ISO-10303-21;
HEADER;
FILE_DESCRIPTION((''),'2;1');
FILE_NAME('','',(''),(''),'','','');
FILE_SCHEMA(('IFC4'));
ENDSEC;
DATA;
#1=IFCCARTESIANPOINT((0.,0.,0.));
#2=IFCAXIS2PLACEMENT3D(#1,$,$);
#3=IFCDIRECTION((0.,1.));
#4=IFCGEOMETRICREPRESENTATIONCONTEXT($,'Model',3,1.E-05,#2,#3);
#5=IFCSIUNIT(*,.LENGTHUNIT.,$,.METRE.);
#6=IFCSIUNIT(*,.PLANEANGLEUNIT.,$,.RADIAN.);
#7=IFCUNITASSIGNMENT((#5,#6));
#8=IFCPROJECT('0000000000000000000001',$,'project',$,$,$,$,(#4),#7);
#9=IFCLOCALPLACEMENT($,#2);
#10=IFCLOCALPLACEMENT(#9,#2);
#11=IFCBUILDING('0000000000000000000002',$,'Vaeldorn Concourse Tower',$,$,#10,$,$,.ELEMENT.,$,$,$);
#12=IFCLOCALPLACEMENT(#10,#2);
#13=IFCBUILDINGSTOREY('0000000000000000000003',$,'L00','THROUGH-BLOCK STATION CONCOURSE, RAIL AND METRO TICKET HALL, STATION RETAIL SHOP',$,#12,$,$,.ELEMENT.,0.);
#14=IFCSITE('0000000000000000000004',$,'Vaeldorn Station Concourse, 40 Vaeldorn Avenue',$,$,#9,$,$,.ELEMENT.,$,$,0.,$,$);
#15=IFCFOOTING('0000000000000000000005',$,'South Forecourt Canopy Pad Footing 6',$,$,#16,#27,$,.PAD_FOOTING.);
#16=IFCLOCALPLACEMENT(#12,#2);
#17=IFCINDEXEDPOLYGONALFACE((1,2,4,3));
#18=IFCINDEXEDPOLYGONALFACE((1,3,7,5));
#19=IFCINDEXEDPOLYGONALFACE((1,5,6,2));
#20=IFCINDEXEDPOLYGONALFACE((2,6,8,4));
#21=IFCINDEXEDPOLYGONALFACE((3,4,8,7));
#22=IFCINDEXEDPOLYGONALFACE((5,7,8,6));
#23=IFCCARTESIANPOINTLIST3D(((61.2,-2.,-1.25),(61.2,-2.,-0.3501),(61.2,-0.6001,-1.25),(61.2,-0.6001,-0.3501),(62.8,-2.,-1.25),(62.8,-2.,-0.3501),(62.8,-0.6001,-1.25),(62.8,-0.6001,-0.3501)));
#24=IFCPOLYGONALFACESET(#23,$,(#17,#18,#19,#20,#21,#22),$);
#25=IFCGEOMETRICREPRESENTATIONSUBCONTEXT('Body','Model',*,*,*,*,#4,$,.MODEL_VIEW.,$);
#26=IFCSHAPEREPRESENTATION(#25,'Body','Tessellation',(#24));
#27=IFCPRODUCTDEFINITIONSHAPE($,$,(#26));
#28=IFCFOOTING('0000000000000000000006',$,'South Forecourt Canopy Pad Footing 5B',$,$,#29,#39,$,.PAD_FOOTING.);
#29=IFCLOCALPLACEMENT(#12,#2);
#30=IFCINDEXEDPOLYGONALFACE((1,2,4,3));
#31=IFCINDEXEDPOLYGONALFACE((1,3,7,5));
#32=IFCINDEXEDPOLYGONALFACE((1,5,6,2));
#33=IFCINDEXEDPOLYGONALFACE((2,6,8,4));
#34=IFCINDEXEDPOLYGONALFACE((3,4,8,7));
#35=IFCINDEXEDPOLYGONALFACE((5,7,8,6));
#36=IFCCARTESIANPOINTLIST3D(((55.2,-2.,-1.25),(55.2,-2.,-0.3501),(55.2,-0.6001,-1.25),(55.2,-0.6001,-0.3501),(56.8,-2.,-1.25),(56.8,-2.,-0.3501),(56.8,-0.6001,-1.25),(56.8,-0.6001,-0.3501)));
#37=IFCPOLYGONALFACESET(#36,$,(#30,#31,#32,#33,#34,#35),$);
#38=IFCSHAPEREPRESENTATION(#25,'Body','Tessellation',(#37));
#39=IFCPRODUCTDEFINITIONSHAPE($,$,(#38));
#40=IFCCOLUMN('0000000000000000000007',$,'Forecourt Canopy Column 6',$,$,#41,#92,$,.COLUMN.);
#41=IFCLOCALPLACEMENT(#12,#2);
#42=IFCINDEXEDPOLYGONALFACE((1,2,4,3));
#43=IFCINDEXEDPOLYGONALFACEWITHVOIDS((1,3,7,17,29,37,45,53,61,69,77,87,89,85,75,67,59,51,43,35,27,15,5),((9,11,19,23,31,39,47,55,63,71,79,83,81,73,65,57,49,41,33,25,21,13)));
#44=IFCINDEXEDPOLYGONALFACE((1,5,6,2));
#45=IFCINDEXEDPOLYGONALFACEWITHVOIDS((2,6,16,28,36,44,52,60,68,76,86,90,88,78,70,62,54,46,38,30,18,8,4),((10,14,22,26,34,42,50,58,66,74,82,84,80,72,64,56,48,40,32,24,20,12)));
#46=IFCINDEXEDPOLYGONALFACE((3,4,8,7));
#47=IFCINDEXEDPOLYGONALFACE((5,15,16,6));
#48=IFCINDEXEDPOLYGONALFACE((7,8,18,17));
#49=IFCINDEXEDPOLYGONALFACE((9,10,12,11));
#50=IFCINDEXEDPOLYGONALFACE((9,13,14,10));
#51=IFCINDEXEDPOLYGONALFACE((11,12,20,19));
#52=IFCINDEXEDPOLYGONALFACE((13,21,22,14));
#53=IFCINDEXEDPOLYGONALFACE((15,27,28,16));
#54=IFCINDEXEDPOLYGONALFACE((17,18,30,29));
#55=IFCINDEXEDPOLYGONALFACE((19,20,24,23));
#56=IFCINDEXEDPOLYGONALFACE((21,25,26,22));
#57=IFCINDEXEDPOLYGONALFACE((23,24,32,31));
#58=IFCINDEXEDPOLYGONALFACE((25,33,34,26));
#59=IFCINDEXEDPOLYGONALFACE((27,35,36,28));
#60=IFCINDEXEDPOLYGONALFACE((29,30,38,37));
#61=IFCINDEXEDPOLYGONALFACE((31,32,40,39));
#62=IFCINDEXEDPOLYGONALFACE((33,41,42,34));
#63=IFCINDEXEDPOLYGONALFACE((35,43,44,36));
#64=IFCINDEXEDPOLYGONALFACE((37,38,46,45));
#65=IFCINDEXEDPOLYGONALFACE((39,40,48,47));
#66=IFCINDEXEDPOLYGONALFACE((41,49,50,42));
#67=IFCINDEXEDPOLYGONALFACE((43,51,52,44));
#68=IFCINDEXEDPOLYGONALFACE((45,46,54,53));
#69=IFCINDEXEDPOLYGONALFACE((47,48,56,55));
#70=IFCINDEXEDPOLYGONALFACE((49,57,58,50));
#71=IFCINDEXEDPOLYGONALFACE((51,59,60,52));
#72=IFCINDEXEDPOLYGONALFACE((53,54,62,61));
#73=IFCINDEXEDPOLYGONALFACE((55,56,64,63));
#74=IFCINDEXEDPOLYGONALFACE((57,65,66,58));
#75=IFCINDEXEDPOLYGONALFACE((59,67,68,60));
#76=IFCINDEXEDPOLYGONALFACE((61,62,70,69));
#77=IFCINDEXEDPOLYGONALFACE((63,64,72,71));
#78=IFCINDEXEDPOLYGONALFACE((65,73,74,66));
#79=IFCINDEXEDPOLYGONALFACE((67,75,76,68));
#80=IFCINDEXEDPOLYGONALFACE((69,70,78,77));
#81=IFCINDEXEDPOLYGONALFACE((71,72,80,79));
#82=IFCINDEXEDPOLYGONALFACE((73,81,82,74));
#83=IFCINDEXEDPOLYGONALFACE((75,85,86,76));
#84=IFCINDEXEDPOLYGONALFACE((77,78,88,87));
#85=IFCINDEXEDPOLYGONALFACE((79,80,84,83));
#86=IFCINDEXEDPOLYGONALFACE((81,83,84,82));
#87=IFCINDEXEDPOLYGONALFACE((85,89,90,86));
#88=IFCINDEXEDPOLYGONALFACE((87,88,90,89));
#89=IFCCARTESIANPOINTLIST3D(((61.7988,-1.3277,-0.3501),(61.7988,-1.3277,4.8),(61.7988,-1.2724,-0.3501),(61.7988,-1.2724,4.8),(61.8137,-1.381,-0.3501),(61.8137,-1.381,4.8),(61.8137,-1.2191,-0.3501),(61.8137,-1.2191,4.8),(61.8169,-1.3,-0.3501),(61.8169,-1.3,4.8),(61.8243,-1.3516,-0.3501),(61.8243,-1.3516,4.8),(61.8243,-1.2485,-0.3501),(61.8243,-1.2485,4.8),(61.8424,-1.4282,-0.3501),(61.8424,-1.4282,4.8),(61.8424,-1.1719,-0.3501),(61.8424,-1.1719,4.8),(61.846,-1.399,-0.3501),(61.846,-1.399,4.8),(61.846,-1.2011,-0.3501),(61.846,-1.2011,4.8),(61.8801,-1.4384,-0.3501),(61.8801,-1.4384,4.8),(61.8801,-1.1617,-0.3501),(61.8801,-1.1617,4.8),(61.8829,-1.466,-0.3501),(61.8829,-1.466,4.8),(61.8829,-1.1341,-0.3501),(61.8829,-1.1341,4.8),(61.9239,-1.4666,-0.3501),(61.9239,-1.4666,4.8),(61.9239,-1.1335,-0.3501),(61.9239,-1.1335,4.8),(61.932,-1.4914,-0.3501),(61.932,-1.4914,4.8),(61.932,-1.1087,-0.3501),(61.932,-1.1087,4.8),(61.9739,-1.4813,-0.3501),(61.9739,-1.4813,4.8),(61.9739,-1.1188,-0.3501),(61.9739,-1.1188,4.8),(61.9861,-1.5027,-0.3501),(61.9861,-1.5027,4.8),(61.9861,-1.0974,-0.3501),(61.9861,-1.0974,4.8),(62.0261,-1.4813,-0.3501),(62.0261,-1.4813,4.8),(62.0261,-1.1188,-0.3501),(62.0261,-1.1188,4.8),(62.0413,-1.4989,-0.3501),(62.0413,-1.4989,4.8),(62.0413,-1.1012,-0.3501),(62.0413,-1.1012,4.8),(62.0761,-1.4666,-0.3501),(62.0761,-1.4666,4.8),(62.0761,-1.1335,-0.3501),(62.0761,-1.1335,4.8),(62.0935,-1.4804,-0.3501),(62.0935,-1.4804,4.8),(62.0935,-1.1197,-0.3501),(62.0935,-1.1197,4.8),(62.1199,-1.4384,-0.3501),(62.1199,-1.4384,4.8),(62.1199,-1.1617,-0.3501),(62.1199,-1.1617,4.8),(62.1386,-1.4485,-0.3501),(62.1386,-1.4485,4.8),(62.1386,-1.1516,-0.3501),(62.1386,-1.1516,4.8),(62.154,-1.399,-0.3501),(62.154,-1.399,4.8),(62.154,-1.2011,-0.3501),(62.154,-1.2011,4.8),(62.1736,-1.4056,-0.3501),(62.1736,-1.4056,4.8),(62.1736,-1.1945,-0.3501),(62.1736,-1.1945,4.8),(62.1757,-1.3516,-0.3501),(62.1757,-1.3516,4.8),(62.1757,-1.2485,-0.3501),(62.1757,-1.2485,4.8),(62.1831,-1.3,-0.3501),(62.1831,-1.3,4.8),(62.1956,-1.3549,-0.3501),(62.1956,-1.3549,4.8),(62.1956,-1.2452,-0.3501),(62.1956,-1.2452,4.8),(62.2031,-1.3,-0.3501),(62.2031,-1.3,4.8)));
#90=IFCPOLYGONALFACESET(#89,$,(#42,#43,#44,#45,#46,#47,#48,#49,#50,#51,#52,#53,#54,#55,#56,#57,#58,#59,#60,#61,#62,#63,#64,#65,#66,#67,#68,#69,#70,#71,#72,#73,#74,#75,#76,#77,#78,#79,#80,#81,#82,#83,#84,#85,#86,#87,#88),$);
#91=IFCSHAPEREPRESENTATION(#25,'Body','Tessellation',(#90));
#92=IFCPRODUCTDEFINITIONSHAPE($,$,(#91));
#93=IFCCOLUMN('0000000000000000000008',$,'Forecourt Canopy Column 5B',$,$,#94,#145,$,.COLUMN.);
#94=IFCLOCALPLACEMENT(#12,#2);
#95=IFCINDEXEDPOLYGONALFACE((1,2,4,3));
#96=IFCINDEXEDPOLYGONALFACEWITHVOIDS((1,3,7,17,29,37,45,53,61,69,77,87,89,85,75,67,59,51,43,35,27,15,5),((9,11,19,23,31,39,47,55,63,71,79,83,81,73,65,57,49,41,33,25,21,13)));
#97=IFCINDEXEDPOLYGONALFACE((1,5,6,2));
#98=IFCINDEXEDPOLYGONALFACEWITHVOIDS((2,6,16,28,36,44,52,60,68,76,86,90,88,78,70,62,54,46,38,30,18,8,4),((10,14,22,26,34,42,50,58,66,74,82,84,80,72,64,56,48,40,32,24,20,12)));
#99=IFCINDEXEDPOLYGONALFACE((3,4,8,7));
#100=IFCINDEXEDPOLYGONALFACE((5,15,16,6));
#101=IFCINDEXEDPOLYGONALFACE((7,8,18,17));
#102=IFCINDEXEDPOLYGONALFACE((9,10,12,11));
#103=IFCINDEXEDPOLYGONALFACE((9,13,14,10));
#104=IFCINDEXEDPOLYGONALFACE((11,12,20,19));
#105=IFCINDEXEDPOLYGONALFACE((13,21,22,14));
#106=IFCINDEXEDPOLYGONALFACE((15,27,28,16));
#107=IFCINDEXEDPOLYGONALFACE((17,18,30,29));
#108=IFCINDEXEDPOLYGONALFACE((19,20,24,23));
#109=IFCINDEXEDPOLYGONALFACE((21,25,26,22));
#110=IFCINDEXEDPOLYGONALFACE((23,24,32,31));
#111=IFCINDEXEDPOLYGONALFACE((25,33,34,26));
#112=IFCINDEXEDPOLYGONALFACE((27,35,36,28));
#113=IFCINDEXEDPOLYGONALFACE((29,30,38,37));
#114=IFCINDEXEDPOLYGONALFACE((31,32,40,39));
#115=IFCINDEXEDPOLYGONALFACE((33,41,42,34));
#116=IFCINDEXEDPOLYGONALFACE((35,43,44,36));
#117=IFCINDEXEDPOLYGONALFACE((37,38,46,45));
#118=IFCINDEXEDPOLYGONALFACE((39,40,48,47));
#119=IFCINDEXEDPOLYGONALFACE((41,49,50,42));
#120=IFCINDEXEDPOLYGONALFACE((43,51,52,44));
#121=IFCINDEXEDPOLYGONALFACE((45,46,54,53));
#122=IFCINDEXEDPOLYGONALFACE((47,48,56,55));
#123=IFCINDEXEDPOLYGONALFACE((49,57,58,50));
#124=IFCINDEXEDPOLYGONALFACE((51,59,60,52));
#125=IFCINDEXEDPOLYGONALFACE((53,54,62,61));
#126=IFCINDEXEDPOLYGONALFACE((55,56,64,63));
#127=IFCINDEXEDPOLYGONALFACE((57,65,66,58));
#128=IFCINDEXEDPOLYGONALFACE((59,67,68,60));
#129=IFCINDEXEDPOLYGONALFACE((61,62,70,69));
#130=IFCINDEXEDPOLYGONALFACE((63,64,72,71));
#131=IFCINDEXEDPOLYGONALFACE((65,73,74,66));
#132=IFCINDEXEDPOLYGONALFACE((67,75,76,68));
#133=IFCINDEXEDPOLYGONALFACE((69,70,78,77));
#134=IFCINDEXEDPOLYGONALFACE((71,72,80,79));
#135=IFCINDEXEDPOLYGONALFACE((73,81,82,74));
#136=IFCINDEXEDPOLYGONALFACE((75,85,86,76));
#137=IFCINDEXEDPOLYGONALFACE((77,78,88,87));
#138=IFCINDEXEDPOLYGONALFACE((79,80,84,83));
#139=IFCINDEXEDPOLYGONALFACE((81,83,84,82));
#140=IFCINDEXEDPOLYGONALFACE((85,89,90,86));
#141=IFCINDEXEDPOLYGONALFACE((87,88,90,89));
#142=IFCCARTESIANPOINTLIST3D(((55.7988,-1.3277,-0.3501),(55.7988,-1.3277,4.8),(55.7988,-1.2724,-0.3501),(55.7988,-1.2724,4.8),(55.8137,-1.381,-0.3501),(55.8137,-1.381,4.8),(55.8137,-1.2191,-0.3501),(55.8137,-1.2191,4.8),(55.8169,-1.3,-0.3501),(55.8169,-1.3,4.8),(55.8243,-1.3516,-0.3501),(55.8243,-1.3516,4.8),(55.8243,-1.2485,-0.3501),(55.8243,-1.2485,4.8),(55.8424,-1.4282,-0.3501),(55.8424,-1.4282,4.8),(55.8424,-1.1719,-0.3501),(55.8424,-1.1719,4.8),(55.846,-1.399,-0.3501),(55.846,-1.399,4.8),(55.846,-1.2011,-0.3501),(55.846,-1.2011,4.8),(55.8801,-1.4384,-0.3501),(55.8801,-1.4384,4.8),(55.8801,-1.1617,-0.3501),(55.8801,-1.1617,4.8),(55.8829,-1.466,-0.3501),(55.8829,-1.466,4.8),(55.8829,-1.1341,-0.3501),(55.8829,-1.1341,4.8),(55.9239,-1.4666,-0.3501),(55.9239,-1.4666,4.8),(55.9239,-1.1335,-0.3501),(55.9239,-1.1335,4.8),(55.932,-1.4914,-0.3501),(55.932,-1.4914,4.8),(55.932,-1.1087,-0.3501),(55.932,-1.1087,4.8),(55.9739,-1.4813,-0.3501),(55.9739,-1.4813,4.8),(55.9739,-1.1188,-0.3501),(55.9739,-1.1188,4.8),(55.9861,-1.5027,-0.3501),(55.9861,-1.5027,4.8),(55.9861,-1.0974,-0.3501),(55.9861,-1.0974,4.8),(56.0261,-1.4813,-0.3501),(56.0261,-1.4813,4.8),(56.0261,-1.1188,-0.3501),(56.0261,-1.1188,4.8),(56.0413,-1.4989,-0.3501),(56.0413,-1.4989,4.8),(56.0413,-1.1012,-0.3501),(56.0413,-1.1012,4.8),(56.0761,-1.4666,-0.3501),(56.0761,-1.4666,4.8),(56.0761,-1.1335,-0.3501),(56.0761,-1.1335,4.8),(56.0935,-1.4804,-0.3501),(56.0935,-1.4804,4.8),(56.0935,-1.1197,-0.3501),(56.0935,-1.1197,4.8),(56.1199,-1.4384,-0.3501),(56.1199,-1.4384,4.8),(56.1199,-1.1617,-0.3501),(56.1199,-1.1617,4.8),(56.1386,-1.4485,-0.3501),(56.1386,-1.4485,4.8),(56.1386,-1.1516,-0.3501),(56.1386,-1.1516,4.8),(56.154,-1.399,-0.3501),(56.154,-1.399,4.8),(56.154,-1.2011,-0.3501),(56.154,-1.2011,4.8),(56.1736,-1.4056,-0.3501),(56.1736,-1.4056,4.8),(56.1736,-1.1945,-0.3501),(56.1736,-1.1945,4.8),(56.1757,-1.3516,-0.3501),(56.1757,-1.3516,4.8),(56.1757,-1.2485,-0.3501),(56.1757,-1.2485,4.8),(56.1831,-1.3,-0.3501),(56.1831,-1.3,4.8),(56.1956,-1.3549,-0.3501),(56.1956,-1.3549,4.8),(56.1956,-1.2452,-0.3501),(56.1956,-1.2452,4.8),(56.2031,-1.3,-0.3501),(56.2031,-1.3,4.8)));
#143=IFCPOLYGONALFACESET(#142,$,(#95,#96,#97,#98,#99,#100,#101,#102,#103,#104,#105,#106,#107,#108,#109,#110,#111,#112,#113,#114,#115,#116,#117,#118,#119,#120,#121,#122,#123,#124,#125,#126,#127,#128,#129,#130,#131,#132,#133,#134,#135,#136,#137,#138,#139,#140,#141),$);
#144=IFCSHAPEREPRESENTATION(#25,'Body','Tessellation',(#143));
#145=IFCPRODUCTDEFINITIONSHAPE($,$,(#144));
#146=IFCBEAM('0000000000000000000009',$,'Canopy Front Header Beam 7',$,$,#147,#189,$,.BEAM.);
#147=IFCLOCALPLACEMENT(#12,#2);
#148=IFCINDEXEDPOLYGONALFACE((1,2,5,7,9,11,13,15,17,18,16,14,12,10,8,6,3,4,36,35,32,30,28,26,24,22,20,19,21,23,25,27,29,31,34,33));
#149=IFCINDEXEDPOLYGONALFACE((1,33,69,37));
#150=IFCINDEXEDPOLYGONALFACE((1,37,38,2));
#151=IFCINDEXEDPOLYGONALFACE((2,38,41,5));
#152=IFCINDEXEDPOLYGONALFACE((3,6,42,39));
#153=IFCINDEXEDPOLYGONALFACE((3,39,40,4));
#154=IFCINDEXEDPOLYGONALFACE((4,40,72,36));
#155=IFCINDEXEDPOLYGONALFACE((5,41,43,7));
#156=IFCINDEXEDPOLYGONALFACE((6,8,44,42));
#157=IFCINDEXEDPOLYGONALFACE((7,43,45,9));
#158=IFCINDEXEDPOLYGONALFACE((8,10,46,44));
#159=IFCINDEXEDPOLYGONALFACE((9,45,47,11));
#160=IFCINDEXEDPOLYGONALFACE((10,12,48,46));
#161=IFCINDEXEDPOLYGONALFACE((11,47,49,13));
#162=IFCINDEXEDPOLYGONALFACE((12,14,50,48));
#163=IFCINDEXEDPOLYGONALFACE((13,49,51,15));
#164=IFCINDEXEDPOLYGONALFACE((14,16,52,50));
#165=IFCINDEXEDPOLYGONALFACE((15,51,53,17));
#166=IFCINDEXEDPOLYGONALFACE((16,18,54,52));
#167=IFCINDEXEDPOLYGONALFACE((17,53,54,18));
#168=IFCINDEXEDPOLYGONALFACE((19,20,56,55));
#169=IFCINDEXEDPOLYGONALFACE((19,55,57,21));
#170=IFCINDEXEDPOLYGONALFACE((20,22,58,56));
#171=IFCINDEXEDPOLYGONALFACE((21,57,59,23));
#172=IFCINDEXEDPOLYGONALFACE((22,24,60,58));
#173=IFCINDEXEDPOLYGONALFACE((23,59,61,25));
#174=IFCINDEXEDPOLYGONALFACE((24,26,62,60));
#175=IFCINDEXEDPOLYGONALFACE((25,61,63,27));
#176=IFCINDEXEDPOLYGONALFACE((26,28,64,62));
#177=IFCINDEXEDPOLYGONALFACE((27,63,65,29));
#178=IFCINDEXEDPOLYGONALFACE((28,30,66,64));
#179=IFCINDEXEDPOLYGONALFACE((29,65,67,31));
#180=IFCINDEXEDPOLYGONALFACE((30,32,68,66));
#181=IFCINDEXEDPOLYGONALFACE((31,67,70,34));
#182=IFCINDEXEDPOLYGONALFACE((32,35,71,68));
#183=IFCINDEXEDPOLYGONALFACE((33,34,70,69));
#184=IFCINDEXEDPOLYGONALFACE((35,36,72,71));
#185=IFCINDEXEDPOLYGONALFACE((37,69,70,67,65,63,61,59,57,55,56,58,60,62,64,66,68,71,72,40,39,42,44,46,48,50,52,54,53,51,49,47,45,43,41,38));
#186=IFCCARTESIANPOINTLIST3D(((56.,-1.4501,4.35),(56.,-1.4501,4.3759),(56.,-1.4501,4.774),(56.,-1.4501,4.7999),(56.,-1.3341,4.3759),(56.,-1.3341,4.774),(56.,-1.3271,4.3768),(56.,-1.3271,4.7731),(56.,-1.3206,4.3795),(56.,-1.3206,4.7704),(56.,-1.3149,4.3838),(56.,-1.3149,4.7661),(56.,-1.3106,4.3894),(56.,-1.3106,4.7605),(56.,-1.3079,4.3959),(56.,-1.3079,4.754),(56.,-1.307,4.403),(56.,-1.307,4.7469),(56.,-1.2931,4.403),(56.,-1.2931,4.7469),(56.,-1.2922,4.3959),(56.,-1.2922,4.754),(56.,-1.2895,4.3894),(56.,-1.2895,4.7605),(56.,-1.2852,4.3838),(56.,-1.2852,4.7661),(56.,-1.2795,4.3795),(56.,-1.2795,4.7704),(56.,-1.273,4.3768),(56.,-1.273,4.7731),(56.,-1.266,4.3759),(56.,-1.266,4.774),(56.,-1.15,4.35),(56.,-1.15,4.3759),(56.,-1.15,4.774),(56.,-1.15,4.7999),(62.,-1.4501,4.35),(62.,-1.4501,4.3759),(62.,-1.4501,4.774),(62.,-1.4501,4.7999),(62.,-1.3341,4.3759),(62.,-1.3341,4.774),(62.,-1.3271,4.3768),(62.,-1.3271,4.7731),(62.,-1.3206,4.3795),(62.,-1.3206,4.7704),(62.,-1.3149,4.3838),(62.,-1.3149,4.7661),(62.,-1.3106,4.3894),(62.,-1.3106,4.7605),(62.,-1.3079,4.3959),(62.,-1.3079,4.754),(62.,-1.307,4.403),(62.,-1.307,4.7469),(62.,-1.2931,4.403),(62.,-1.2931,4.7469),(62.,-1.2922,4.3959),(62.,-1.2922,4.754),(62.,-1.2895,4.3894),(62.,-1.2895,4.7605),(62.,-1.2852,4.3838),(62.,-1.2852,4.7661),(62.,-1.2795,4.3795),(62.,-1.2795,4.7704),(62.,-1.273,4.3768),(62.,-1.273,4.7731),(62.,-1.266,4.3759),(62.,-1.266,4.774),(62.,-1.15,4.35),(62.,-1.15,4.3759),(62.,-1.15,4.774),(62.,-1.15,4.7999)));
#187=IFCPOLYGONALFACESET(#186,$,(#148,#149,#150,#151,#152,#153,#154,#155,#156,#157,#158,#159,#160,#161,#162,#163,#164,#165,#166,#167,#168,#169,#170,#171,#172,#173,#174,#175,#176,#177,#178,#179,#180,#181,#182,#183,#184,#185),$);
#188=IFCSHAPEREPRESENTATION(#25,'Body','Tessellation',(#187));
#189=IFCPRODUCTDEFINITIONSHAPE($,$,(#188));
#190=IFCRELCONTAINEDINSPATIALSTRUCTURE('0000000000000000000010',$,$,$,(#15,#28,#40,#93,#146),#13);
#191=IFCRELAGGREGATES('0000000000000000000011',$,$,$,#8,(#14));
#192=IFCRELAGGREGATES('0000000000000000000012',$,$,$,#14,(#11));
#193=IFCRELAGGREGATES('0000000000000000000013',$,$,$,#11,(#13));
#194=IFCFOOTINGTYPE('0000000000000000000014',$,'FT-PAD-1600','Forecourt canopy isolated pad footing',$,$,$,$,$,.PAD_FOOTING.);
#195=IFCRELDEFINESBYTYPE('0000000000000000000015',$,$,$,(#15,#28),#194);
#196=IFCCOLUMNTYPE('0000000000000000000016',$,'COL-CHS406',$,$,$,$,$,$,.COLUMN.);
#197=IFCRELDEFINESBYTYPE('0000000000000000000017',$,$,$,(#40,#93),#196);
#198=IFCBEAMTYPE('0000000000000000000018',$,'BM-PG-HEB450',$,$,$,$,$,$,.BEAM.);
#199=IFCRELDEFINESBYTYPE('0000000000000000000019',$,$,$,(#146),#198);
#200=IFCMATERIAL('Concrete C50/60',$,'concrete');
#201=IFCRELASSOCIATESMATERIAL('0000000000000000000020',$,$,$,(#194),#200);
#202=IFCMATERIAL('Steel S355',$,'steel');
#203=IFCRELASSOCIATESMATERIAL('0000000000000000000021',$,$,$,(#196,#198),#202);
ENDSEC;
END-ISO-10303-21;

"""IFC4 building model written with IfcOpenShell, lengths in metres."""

from ifc_helpers import new_model, si_unit, direction, frame, origin, origin_2d, place, context, subcontext, project, spatial, rectangle, hollow_circle, i_section, extrude, source, transform, mapped, material, material_profile, profile_set, type_object, element, save


model = new_model("IFC4")

# Units and contexts
model_context = context("Model", 3, precision=1e-05, world=origin(), true_north=direction((0.0, 1.0)))
body_context = subcontext(model_context, "Body", "Model", "MODEL_VIEW")
ifc_project = project(units=[si_unit("LENGTHUNIT", "METRE"), si_unit("PLANEANGLEUNIT", "RADIAN")], contexts=[model_context])

# Site, building, storey
site_placement = place(None, origin())
site = spatial("IfcSite", under=ifc_project, at=site_placement, Name="Vaeldorn Station Concourse, 40 Vaeldorn Avenue", CompositionType="ELEMENT", RefElevation=0.0)
building_placement = place(site_placement, origin())
building = spatial("IfcBuilding", under=site, at=building_placement, Name="Vaeldorn Concourse Tower", CompositionType="ELEMENT")
storey_placement = place(building_placement, origin())
storey = spatial("IfcBuildingStorey", under=building, at=storey_placement, Name="L00", Description="THROUGH-BLOCK STATION CONCOURSE, RAIL AND METRO TICKET HALL, STATION RETAIL SHOP", CompositionType="ELEMENT", Elevation=0.0)

# Footings
ifc_material_1 = material(Name="Concrete C50/60", Category="concrete")
footing_type = type_object("IfcFootingType", Name="FT-PAD-1600", Description="Forecourt canopy isolated pad footing", PredefinedType="PAD_FOOTING", material=ifc_material_1)
shared_shape_1 = source(origin(), body_context, "Body", "SweptSolid", [
    extrude(rectangle(XDim=1.6001, YDim=1.3999, at=origin_2d()), origin(), (0.0, 0.0, 1.0), 0.8999),
])
for number, where, z_axis, x_axis, name in (
    (1, (62.0, -1.3, -1.25), (0.0, 0.0, 1.0), (1.0, 0.0, 0.0), "South Forecourt Canopy Pad Footing 6"),
    (2, (56.0, -1.3, -1.25), (0.0, 0.0, 1.0), (1.0, 0.0, 0.0), "South Forecourt Canopy Pad Footing 5B"),
):
    element("IfcFooting", number, at=place(storey_placement, frame(where, z_axis=z_axis, x_axis=x_axis)), inside=storey, type_object=footing_type, Name=name, PredefinedType="PAD_FOOTING", context=body_context, shape_type="MappedRepresentation", body=[
        mapped(shared_shape_1, transform((0.0, 0.0, 0.0), scale=1.0)),
    ])

# Columns
ifc_material_2 = material(Name="Steel S355", Category="steel")
ifc_material_profile_1 = material_profile(ifc_material_2, hollow_circle(Radius=0.2031, WallThickness=0.02, at=origin_2d()), Name="CHS 406.4x20")
ifc_profile_set_1 = profile_set([ifc_material_profile_1], Name="Steel S355")
column_type = type_object("IfcColumnType", Name="COL-CHS406", PredefinedType="COLUMN", material=ifc_profile_set_1)
shared_shape_2 = source(origin(), body_context, "Body", "SweptSolid", [
    extrude(hollow_circle(Radius=0.2031, WallThickness=0.02, at=origin_2d()), origin(), (0.0, 0.0, 1.0), 5.1501),
])
for number, where, z_axis, x_axis, name in (
    (3, (62.0, -1.3, -0.3501), (0.0, 0.0, 1.0), (1.0, 0.0, 0.0), "Forecourt Canopy Column 6"),
    (4, (56.0, -1.3, -0.3501), (0.0, 0.0, 1.0), (1.0, 0.0, 0.0), "Forecourt Canopy Column 5B"),
):
    element("IfcColumn", number, at=place(storey_placement, frame(where, z_axis=z_axis, x_axis=x_axis)), inside=storey, type_object=column_type, Name=name, PredefinedType="COLUMN", context=body_context, shape_type="MappedRepresentation", body=[
        mapped(shared_shape_2, transform((0.0, 0.0, 0.0), scale=1.0)),
    ])

# Beam
ifc_material_profile_2 = material_profile(ifc_material_2, i_section(OverallWidth=0.3, OverallDepth=0.45, WebThickness=0.0139, FlangeThickness=0.0259, FilletRadius=0.0271, at=origin_2d()), Name="HEB 450")
ifc_profile_set_2 = profile_set([ifc_material_profile_2], Name="Steel S355")
beam_type_1 = type_object("IfcBeamType", Name="BM-PG-HEB450", PredefinedType="BEAM", material=ifc_profile_set_2)
shared_shape_3 = source(origin(), body_context, "Body", "SweptSolid", [
    extrude(i_section(OverallWidth=0.3, OverallDepth=0.45, WebThickness=0.0139, FlangeThickness=0.0259, FilletRadius=0.0271, at=origin_2d()), origin(), (0.0, 0.0, 1.0), 6.0),
])
beam_1_placement = place(storey_placement, frame((56.0, -1.3, 4.575), z_axis=(1.0, 0.0, 0.0), x_axis=(0.0, 1.0, 0.0)))
element("IfcBeam", 5, at=beam_1_placement, inside=storey, type_object=beam_type_1, Name="Canopy Front Header Beam 7", PredefinedType="BEAM", context=body_context, shape_type="MappedRepresentation", body=[
    mapped(shared_shape_3, transform((0.0, 0.0, 0.0), scale=1.0)),
])

save(model, "model.ifc")
